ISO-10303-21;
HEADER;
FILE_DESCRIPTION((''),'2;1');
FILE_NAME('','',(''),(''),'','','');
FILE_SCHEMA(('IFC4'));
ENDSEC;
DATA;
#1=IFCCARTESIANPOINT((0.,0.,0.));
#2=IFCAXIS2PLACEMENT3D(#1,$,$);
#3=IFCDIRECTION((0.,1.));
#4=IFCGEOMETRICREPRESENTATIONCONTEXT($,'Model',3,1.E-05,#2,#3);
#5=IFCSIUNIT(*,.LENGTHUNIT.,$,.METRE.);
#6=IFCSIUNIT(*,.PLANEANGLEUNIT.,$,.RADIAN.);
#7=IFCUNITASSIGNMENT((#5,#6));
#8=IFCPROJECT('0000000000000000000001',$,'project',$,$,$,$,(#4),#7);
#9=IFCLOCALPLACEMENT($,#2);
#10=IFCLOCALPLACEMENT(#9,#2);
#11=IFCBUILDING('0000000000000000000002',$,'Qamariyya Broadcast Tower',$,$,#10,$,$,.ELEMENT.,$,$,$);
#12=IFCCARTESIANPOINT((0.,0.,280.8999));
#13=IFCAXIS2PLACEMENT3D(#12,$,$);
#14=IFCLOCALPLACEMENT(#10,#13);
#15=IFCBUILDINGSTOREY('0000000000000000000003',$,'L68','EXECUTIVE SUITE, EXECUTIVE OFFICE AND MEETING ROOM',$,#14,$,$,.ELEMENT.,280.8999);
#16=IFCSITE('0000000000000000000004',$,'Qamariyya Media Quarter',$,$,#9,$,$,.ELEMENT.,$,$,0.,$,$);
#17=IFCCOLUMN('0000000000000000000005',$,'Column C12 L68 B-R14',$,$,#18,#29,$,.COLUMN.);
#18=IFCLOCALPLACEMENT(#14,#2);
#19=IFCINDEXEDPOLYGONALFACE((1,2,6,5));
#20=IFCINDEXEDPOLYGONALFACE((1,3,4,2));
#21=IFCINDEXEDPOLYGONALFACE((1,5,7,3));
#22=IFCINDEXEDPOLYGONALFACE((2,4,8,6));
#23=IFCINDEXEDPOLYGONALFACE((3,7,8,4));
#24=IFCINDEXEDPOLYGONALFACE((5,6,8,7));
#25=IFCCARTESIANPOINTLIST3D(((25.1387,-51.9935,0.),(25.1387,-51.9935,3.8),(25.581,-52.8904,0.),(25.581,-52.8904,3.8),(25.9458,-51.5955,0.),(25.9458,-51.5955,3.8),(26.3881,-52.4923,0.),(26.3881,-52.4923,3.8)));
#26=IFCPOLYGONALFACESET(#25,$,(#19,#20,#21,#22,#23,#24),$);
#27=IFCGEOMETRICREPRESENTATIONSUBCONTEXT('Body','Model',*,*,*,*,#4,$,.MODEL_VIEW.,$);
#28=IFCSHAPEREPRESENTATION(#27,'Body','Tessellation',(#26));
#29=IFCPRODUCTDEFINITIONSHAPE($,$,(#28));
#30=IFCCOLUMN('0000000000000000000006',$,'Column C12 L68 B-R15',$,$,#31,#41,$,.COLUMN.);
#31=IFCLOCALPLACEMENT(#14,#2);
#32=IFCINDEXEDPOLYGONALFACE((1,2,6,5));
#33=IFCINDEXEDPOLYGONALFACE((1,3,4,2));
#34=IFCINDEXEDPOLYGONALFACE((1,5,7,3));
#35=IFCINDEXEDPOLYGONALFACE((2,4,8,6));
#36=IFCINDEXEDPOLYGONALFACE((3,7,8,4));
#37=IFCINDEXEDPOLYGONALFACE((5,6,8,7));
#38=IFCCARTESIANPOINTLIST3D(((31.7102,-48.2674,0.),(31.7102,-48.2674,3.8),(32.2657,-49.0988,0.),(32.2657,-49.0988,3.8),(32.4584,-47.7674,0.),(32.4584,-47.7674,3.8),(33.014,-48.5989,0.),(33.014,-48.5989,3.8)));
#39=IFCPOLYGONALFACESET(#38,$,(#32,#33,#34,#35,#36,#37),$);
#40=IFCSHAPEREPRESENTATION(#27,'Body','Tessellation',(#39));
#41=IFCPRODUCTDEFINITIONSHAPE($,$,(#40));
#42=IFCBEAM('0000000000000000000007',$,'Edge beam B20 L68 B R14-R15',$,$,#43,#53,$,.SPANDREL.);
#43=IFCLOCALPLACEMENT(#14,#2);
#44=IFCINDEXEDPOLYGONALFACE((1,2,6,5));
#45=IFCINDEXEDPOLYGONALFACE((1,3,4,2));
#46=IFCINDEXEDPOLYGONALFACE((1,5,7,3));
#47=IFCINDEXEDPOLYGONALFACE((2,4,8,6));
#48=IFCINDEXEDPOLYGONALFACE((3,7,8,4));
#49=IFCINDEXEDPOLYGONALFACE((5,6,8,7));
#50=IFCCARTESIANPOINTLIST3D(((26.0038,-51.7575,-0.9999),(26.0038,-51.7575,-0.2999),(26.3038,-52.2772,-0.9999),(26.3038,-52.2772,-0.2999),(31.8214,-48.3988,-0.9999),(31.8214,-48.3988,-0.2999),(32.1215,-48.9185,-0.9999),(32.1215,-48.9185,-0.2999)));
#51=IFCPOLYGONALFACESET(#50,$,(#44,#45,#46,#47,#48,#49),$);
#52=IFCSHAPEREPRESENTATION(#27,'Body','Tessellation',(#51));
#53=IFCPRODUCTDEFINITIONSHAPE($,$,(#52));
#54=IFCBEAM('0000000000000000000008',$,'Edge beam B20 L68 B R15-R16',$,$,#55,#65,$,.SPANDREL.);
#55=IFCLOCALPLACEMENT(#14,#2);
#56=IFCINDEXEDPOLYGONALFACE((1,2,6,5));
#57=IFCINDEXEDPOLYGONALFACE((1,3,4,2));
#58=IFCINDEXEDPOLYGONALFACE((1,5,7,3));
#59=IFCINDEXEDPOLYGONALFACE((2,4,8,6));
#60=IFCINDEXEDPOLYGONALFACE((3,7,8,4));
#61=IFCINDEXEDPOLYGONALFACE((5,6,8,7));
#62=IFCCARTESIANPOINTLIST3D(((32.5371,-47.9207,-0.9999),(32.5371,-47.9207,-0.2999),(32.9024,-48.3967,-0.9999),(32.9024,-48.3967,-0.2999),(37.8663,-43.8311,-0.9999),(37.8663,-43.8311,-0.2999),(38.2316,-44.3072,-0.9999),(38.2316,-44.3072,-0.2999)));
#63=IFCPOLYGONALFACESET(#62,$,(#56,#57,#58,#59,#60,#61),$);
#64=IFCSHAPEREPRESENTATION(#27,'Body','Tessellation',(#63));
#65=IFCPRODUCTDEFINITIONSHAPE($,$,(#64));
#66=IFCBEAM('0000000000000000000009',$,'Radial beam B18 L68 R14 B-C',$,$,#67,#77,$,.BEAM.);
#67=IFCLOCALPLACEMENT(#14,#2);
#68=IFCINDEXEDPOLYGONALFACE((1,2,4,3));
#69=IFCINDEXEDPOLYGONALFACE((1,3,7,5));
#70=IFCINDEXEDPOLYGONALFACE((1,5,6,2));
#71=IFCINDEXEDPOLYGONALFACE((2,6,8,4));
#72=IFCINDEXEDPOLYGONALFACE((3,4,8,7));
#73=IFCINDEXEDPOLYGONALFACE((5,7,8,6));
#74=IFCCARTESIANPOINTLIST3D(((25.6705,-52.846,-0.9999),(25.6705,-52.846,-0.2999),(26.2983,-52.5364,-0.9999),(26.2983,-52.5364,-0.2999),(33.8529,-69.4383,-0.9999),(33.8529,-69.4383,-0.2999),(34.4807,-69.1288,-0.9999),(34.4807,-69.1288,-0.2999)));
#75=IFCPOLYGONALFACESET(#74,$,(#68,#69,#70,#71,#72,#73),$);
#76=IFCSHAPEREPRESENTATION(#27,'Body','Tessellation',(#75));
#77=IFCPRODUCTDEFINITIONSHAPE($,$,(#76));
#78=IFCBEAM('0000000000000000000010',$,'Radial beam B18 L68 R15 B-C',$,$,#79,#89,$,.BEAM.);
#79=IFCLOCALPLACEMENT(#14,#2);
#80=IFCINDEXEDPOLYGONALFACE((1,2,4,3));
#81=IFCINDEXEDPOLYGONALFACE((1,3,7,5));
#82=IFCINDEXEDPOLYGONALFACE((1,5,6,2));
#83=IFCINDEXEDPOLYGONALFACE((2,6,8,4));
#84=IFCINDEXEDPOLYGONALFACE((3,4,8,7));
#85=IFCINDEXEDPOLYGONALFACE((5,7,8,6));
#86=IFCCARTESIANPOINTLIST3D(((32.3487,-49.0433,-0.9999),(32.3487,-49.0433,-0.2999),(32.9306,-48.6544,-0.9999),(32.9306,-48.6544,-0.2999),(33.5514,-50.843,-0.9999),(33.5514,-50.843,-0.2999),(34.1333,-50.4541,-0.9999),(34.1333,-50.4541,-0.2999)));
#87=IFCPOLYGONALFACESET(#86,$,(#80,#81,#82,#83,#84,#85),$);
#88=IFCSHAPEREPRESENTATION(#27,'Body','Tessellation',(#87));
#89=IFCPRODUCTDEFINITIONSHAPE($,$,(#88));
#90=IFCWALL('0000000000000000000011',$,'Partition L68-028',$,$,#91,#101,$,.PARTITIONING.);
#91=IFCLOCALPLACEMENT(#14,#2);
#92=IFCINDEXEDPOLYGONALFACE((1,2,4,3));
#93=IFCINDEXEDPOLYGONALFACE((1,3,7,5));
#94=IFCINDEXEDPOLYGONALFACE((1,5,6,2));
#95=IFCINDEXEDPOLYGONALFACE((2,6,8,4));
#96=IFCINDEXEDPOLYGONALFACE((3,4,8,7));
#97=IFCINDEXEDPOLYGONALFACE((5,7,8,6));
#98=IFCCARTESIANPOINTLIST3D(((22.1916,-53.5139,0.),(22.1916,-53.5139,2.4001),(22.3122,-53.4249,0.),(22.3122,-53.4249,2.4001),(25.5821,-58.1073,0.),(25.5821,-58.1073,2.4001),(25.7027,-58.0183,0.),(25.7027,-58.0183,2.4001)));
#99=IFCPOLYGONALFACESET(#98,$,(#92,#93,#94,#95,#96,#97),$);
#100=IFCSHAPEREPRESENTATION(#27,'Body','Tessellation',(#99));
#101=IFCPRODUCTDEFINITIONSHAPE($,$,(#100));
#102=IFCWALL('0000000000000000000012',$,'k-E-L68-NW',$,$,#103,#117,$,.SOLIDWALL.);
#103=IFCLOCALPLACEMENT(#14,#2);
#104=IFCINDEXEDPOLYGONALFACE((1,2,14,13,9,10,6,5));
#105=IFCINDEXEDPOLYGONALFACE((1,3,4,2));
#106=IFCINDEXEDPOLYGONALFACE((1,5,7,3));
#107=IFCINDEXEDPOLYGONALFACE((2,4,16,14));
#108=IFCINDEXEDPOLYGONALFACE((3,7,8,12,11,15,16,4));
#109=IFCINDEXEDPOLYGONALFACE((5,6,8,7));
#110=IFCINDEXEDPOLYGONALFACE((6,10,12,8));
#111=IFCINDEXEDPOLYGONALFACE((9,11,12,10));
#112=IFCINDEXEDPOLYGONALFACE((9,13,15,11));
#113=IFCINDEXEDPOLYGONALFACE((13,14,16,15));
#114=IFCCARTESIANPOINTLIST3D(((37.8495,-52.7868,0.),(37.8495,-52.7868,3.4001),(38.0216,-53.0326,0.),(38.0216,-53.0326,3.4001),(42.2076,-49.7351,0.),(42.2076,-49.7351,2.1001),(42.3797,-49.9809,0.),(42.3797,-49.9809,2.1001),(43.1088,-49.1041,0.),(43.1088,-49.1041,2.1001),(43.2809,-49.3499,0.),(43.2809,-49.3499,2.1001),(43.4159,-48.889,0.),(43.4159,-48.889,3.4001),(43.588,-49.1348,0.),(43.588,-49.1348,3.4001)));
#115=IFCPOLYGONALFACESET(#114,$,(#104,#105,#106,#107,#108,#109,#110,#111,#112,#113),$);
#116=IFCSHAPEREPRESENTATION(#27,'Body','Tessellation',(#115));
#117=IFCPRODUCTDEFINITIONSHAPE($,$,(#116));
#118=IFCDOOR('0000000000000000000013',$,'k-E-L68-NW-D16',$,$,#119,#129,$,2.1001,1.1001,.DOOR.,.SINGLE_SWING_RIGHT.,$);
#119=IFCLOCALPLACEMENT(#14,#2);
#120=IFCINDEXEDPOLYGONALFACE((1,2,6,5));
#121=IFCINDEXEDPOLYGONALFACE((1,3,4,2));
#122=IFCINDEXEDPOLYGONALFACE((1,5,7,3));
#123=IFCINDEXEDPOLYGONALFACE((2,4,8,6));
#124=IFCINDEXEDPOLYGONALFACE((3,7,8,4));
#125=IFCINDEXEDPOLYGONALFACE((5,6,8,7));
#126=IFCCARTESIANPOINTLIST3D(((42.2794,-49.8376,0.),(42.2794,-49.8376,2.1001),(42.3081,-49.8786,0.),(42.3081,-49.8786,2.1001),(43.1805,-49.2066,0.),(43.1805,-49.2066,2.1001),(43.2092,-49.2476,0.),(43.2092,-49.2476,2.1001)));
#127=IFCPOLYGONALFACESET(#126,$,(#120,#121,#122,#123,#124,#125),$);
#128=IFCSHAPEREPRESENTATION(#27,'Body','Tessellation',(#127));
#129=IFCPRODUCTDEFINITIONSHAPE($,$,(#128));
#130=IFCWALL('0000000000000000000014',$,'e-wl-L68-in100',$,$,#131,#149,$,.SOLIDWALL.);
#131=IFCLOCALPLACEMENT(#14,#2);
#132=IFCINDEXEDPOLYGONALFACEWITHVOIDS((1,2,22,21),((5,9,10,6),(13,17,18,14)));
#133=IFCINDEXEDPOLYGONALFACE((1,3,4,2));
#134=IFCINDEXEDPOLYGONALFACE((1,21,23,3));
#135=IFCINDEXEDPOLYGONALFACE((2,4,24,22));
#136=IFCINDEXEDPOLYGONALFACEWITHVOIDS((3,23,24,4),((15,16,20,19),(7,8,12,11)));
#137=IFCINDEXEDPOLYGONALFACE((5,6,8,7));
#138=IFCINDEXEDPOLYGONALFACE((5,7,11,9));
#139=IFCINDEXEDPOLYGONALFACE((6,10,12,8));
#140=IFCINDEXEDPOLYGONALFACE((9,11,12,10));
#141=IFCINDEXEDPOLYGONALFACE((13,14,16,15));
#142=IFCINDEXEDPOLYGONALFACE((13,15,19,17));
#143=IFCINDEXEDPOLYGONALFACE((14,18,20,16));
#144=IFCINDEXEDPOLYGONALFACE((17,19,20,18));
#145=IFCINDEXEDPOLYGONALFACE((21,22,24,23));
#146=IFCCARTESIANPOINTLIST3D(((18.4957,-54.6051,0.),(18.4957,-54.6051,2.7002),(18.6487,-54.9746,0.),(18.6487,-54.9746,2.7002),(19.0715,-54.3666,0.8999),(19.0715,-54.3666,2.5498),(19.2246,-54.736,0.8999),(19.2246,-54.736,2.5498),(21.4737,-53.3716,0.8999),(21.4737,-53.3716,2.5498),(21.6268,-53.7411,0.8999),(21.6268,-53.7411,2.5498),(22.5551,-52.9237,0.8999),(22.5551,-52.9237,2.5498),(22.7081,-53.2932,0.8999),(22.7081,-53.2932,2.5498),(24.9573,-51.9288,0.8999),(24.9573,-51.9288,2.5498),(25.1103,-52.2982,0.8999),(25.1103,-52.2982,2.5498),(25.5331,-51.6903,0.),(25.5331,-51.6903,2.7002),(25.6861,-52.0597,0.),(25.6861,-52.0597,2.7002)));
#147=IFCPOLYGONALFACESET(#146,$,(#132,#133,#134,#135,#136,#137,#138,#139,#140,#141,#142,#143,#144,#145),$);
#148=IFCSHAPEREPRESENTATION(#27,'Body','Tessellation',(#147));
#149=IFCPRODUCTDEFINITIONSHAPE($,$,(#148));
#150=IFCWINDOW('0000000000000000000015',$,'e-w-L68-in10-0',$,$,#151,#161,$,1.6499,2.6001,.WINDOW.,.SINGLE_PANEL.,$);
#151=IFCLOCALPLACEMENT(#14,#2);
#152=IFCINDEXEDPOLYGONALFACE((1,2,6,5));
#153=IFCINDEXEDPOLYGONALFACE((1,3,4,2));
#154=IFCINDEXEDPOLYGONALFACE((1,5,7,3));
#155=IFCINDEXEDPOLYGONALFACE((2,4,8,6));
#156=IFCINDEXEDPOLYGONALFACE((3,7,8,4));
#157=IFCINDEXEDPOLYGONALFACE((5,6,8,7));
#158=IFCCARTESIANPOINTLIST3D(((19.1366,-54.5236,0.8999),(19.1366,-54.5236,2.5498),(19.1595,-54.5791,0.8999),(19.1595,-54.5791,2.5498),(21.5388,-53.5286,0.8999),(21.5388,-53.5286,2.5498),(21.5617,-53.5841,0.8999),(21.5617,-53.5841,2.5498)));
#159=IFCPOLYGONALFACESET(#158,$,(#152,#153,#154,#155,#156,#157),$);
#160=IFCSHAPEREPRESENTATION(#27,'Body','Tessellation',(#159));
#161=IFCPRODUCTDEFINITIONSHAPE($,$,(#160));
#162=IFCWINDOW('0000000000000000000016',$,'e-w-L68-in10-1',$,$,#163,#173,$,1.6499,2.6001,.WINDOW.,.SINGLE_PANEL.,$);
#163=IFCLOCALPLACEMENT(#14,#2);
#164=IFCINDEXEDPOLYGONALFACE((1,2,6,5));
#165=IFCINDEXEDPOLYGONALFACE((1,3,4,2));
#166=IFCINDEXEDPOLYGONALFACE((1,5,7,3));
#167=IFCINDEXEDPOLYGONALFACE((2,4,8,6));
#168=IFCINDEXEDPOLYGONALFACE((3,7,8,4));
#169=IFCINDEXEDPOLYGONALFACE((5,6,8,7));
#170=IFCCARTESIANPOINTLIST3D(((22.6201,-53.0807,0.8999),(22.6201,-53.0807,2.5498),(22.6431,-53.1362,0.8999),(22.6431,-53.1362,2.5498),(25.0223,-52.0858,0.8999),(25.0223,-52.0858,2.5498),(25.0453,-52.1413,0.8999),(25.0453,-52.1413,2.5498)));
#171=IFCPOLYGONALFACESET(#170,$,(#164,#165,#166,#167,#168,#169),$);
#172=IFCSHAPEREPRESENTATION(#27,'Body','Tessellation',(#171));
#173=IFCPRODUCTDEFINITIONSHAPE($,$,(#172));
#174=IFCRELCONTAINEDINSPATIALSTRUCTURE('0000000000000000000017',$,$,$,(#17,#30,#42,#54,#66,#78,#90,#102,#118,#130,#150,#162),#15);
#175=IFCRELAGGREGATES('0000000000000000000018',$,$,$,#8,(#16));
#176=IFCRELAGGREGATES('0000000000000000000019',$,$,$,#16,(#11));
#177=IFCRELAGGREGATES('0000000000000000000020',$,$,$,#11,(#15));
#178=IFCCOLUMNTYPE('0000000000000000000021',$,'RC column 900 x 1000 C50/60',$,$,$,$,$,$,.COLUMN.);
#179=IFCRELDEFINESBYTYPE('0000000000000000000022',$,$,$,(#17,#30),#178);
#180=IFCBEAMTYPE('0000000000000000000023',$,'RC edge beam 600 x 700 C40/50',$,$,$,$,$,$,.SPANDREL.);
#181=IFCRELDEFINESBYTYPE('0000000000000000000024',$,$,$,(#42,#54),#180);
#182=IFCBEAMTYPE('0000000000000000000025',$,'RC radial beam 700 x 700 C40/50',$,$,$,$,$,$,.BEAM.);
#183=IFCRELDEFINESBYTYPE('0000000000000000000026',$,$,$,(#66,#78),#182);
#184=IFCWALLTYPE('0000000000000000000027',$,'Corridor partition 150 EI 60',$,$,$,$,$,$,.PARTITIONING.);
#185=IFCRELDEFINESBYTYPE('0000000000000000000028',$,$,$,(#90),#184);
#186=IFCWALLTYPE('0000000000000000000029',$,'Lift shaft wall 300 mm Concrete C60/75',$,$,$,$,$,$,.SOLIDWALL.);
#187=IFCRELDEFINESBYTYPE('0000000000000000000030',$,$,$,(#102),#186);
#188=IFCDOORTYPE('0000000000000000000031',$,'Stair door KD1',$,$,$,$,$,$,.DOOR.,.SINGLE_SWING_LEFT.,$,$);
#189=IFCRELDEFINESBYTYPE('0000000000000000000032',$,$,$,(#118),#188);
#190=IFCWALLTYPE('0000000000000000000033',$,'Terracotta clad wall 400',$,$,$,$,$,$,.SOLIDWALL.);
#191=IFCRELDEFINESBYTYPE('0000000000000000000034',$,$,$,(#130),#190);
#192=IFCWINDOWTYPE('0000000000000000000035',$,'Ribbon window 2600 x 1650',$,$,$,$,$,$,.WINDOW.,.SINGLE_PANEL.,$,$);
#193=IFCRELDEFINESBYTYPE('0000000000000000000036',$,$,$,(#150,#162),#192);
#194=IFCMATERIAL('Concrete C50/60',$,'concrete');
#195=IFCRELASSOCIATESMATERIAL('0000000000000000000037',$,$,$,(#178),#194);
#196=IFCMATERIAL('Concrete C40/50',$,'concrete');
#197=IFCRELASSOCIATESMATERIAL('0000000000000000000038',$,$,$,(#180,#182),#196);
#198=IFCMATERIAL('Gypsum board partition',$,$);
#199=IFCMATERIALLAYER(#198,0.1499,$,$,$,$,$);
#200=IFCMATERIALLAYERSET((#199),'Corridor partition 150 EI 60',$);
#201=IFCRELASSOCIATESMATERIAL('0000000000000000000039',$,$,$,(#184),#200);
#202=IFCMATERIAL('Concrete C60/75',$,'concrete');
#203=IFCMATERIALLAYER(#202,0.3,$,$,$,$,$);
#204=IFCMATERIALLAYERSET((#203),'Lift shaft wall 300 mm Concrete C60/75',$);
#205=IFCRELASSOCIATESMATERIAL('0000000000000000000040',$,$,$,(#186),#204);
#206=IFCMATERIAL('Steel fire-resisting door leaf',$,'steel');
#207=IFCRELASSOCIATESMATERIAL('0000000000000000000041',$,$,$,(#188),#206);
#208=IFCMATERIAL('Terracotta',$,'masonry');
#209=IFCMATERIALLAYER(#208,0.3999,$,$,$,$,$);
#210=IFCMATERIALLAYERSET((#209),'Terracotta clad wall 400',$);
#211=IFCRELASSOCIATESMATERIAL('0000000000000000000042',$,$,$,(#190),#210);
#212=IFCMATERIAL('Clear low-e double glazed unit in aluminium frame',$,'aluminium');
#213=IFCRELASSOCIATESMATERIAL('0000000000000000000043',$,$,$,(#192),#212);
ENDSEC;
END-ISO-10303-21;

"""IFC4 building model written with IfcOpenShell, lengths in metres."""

from ifc_helpers import new_model, si_unit, direction, frame, frame_2d, origin, origin_2d, place, context, subcontext, project, spatial, rectangle, extrude, material, layer, layer_set, material_profile, profile_set, type_object, element, fill, save


model = new_model("IFC4")

# Units and contexts
model_context = context("Model", 3, precision=1e-05, world=origin(), true_north=direction((0.0, 1.0)))
body_context = subcontext(model_context, "Body", "Model", "MODEL_VIEW")
ifc_project = project(units=[si_unit("LENGTHUNIT", "METRE"), si_unit("PLANEANGLEUNIT", "RADIAN")], contexts=[model_context])

# Site, building, storey
site_placement = place(None, origin())
site = spatial("IfcSite", under=ifc_project, at=site_placement, Name="Qamariyya Media Quarter", CompositionType="ELEMENT", RefElevation=0.0)
building_placement = place(site_placement, origin())
building = spatial("IfcBuilding", under=site, at=building_placement, Name="Qamariyya Broadcast Tower", CompositionType="ELEMENT")
storey_placement = place(building_placement, frame((0.0, 0.0, 280.8999)))
storey = spatial("IfcBuildingStorey", under=building, at=storey_placement, Name="L68", Description="EXECUTIVE SUITE, EXECUTIVE OFFICE AND MEETING ROOM", CompositionType="ELEMENT", Elevation=280.8999)

# Columns
ifc_material_1 = material(Name="Concrete C50/60", Category="concrete")
ifc_material_profile_1 = material_profile(ifc_material_1, rectangle(XDim=0.8999, YDim=1.0, at=origin_2d()))
ifc_profile_set_1 = profile_set([ifc_material_profile_1], Name="Concrete C50/60")
column_type = type_object("IfcColumnType", Name="RC column 900 x 1000 C50/60", PredefinedType="COLUMN", material=ifc_profile_set_1)
for number, where, z_axis, x_axis, name in (
    (1, (25.7634, -52.2429, 0.0), (0.0, 0.0, 1.0), (0.896873, 0.442289, 0.0), "Column C12 L68 B-R14"),
    (2, (32.3621, -48.4331, 0.0), (0.0, 0.0, 1.0), (0.83147, 0.55557, 0.0), "Column C12 L68 B-R15"),
):
    element("IfcColumn", number, at=place(storey_placement, frame(where, z_axis=z_axis, x_axis=x_axis)), inside=storey, type_object=column_type, Name=name, PredefinedType="COLUMN", context=body_context, shape_type="SweptSolid", body=[
        extrude(rectangle(XDim=0.8999, YDim=1.0, at=origin_2d()), origin(), (0.0, 0.0, 1.0), 3.8),
    ])

# Beams
ifc_material_2 = material(Name="Concrete C40/50", Category="concrete")
ifc_material_profile_2 = material_profile(ifc_material_2, rectangle(XDim=0.6001, YDim=0.7, at=origin_2d()))
ifc_profile_set_2 = profile_set([ifc_material_profile_2], Name="Concrete C40/50")
beam_type_1 = type_object("IfcBeamType", Name="RC edge beam 600 x 700 C40/50", PredefinedType="SPANDREL", material=ifc_profile_set_2)
for number, where, z_axis, x_axis, name in (
    (3, (26.1538, -52.0173, -0.6499), (0.866036, 0.499981, 0.0), (-0.499981, 0.866036, 0.0), "Edge beam B20 L68 B R14-R15"),
    (4, (32.7197, -48.1587, -0.6499), (0.793335, 0.608785, 0.0), (-0.608785, 0.793335, 0.0), "Edge beam B20 L68 B R15-R16"),
):
    element("IfcBeam", number, at=place(storey_placement, frame(where, z_axis=z_axis, x_axis=x_axis)), inside=storey, type_object=beam_type_1, Name=name, PredefinedType="SPANDREL", context=body_context, shape_type="SweptSolid", body=[
        extrude(rectangle(XDim=0.6001, YDim=0.7, at=origin_2d()), origin(), (0.0, 0.0, 1.0), 6.7175),
    ])
ifc_material_profile_3 = material_profile(ifc_material_2, rectangle(XDim=0.7, YDim=0.7, at=origin_2d()))
ifc_profile_set_3 = profile_set([ifc_material_profile_3], Name="Concrete C40/50")
beam_type_2 = type_object("IfcBeamType", Name="RC radial beam 700 x 700 C40/50", PredefinedType="BEAM", material=ifc_profile_set_3)
beam_1_placement = place(storey_placement, frame((25.9844, -52.6912, -0.6499), z_axis=(0.442287, -0.896874, 0.0), x_axis=(0.896874, 0.442287, 0.0)))
element("IfcBeam", 5, at=beam_1_placement, inside=storey, type_object=beam_type_2, Name="Radial beam B18 L68 R14 B-C", PredefinedType="BEAM", context=body_context, shape_type="SweptSolid", body=[
    extrude(rectangle(XDim=0.7, YDim=0.7, at=origin_2d()), origin(), (0.0, 0.0, 1.0), 18.5002),
])
beam_2_placement = place(storey_placement, frame((32.6396, -48.8489, -0.6499), z_axis=(0.555637, -0.831425, 0.0), x_axis=(0.831425, 0.555637, 0.0)))
element("IfcBeam", 6, at=beam_2_placement, inside=storey, type_object=beam_type_2, Name="Radial beam B18 L68 R15 B-C", PredefinedType="BEAM", context=body_context, shape_type="SweptSolid", body=[
    extrude(rectangle(XDim=0.7, YDim=0.7, at=origin_2d()), origin(), (0.0, 0.0, 1.0), 2.1646),
])

# Wall
ifc_material_3 = material(Name="Gypsum board partition")
ifc_layer_1 = layer(ifc_material_3, 0.1499)
ifc_layer_set_1 = layer_set([ifc_layer_1], Name="Corridor partition 150 EI 60")
wall_type_1 = type_object("IfcWallType", Name="Corridor partition 150 EI 60", PredefinedType="PARTITIONING", material=ifc_layer_set_1)
wall_1_placement = place(storey_placement, frame((22.252, -53.4695, 0.0), z_axis=(0.0, 0.0, 1.0), x_axis=(0.593873, -0.804559, 0.0)))
element("IfcWall", 7, at=wall_1_placement, inside=storey, type_object=wall_type_1, Name="Partition L68-028", PredefinedType="PARTITIONING", context=body_context, shape_type="SweptSolid", body=[
    extrude(rectangle(XDim=5.7092, YDim=0.1499, at=frame_2d((2.8545, 0.0))), origin(), (0.0, 0.0, 1.0), 2.4001),
])

# Wall, opening, door
ifc_material_4 = material(Name="Concrete C60/75", Category="concrete")
ifc_layer_2 = layer(ifc_material_4, 0.3)
ifc_layer_set_2 = layer_set([ifc_layer_2], Name="Lift shaft wall 300 mm Concrete C60/75")
wall_type_2 = type_object("IfcWallType", Name="Lift shaft wall 300 mm Concrete C60/75", PredefinedType="SOLIDWALL", material=ifc_layer_set_2)
wall_2_placement = place(storey_placement, frame((37.9355, -52.9097, 0.0), z_axis=(0.0, 0.0, 1.0), x_axis=(0.819148, 0.573583, 0.0)))
wall_2 = element("IfcWall", 8, at=wall_2_placement, inside=storey, type_object=wall_type_2, Name="k-E-L68-NW", PredefinedType="SOLIDWALL", context=body_context, shape_type="SweptSolid", body=[
    extrude(rectangle(XDim=6.7954, YDim=0.3, at=frame_2d((3.3977, 0.0))), origin(), (0.0, 0.0, 1.0), 3.4001),
])
opening_1_placement = place(wall_2_placement, frame((5.3203, 0.0, 0.0)))
opening_1 = element("IfcOpeningElement", 9, at=opening_1_placement, cuts=wall_2, PredefinedType="OPENING", context=body_context, shape_type="SweptSolid", body=[
    extrude(rectangle(XDim=1.1001, YDim=2.1001, at=frame_2d((0.55, 1.05))), frame((0.0, 0.1599, 0.0), z_axis=(0.0, -1.0, 0.0), x_axis=(1.0, 0.0, 0.0)), (0.0, 0.0, 1.0), 0.3201),
])
ifc_material_5 = material(Name="Steel fire-resisting door leaf", Category="steel")
door_type = type_object("IfcDoorType", Name="Stair door KD1", OperationType="SINGLE_SWING_LEFT", PredefinedType="DOOR", material=ifc_material_5)
door_placement = place(opening_1_placement, origin())
door = element("IfcDoor", 10, at=door_placement, inside=storey, type_object=door_type, Name="k-E-L68-NW-D16", OperationType="SINGLE_SWING_RIGHT", OverallHeight=2.1001, OverallWidth=1.1001, PredefinedType="DOOR", context=body_context, shape_type="SweptSolid", body=[
    extrude(rectangle(XDim=1.1001, YDim=2.1001, at=frame_2d((0.55, 1.05))), frame((0.0, 0.0249, 0.0), z_axis=(0.0, -1.0, 0.0), x_axis=(1.0, 0.0, 0.0)), (0.0, 0.0, 1.0), 0.05),
])
fill(opening_1, door)

# Wall, openings, windows
ifc_material_6 = material(Name="Terracotta", Category="masonry")
ifc_layer_3 = layer(ifc_material_6, 0.3999)
ifc_layer_set_3 = layer_set([ifc_layer_3], Name="Terracotta clad wall 400")
wall_type_3 = type_object("IfcWallType", Name="Terracotta clad wall 400", PredefinedType="SOLIDWALL", material=ifc_layer_set_3)
wall_3_placement = place(storey_placement, frame((25.6096, -51.875, 0.0), z_axis=(0.0, 0.0, 1.0), x_axis=(-0.923888, -0.382664, 0.0)))
wall_3 = element("IfcWall", 11, at=wall_3_placement, inside=storey, type_object=wall_type_3, Name="e-wl-L68-in100", PredefinedType="SOLIDWALL", context=body_context, shape_type="SweptSolid", body=[
    extrude(rectangle(XDim=7.6172, YDim=0.3999, at=frame_2d((3.8086, 0.0))), origin(), (0.0, 0.0, 1.0), 2.7002),
])
opening_2_placement = place(wall_3_placement, frame((4.3938, 0.0, 0.8999)))
opening_2 = element("IfcOpeningElement", 12, at=opening_2_placement, cuts=wall_3, PredefinedType="OPENING", context=body_context, shape_type="SweptSolid", body=[
    extrude(rectangle(XDim=2.6001, YDim=1.6499, at=frame_2d((1.3, 0.825))), frame((0.0, 0.21, 0.0), z_axis=(0.0, -1.0, 0.0), x_axis=(1.0, 0.0, 0.0)), (0.0, 0.0, 1.0), 0.4199),
])
opening_3_placement = place(wall_3_placement, frame((0.6233, 0.0, 0.8999)))
opening_3 = element("IfcOpeningElement", 13, at=opening_3_placement, cuts=wall_3, PredefinedType="OPENING", context=body_context, shape_type="SweptSolid", body=[
    extrude(rectangle(XDim=2.6001, YDim=1.6499, at=frame_2d((1.3, 0.825))), frame((0.0, 0.21, 0.0), z_axis=(0.0, -1.0, 0.0), x_axis=(1.0, 0.0, 0.0)), (0.0, 0.0, 1.0), 0.4199),
])
ifc_material_7 = material(Name="Clear low-e double glazed unit in aluminium frame", Category="aluminium")
window_type = type_object("IfcWindowType", Name="Ribbon window 2600 x 1650", PartitioningType="SINGLE_PANEL", PredefinedType="WINDOW", material=ifc_material_7)
window_1_placement = place(opening_2_placement, origin())
window_1 = element("IfcWindow", 14, at=window_1_placement, inside=storey, type_object=window_type, Name="e-w-L68-in10-0", OverallHeight=1.6499, OverallWidth=2.6001, PartitioningType="SINGLE_PANEL", PredefinedType="WINDOW", context=body_context, shape_type="SweptSolid", body=[
    extrude(rectangle(XDim=2.6001, YDim=1.6499, at=frame_2d((1.3, 0.825))), frame((0.0, 0.03, 0.0), z_axis=(0.0, -1.0, 0.0), x_axis=(1.0, 0.0, 0.0)), (0.0, 0.0, 1.0), 0.0601),
])
fill(opening_2, window_1)
window_2_placement = place(opening_3_placement, origin())
window_2 = element("IfcWindow", 15, at=window_2_placement, inside=storey, type_object=window_type, Name="e-w-L68-in10-1", OverallHeight=1.6499, OverallWidth=2.6001, PartitioningType="SINGLE_PANEL", PredefinedType="WINDOW", context=body_context, shape_type="SweptSolid", body=[
    extrude(rectangle(XDim=2.6001, YDim=1.6499, at=frame_2d((1.3, 0.825))), frame((0.0, 0.03, 0.0), z_axis=(0.0, -1.0, 0.0), x_axis=(1.0, 0.0, 0.0)), (0.0, 0.0, 1.0), 0.0601),
])
fill(opening_3, window_2)

save(model, "model.ifc")
